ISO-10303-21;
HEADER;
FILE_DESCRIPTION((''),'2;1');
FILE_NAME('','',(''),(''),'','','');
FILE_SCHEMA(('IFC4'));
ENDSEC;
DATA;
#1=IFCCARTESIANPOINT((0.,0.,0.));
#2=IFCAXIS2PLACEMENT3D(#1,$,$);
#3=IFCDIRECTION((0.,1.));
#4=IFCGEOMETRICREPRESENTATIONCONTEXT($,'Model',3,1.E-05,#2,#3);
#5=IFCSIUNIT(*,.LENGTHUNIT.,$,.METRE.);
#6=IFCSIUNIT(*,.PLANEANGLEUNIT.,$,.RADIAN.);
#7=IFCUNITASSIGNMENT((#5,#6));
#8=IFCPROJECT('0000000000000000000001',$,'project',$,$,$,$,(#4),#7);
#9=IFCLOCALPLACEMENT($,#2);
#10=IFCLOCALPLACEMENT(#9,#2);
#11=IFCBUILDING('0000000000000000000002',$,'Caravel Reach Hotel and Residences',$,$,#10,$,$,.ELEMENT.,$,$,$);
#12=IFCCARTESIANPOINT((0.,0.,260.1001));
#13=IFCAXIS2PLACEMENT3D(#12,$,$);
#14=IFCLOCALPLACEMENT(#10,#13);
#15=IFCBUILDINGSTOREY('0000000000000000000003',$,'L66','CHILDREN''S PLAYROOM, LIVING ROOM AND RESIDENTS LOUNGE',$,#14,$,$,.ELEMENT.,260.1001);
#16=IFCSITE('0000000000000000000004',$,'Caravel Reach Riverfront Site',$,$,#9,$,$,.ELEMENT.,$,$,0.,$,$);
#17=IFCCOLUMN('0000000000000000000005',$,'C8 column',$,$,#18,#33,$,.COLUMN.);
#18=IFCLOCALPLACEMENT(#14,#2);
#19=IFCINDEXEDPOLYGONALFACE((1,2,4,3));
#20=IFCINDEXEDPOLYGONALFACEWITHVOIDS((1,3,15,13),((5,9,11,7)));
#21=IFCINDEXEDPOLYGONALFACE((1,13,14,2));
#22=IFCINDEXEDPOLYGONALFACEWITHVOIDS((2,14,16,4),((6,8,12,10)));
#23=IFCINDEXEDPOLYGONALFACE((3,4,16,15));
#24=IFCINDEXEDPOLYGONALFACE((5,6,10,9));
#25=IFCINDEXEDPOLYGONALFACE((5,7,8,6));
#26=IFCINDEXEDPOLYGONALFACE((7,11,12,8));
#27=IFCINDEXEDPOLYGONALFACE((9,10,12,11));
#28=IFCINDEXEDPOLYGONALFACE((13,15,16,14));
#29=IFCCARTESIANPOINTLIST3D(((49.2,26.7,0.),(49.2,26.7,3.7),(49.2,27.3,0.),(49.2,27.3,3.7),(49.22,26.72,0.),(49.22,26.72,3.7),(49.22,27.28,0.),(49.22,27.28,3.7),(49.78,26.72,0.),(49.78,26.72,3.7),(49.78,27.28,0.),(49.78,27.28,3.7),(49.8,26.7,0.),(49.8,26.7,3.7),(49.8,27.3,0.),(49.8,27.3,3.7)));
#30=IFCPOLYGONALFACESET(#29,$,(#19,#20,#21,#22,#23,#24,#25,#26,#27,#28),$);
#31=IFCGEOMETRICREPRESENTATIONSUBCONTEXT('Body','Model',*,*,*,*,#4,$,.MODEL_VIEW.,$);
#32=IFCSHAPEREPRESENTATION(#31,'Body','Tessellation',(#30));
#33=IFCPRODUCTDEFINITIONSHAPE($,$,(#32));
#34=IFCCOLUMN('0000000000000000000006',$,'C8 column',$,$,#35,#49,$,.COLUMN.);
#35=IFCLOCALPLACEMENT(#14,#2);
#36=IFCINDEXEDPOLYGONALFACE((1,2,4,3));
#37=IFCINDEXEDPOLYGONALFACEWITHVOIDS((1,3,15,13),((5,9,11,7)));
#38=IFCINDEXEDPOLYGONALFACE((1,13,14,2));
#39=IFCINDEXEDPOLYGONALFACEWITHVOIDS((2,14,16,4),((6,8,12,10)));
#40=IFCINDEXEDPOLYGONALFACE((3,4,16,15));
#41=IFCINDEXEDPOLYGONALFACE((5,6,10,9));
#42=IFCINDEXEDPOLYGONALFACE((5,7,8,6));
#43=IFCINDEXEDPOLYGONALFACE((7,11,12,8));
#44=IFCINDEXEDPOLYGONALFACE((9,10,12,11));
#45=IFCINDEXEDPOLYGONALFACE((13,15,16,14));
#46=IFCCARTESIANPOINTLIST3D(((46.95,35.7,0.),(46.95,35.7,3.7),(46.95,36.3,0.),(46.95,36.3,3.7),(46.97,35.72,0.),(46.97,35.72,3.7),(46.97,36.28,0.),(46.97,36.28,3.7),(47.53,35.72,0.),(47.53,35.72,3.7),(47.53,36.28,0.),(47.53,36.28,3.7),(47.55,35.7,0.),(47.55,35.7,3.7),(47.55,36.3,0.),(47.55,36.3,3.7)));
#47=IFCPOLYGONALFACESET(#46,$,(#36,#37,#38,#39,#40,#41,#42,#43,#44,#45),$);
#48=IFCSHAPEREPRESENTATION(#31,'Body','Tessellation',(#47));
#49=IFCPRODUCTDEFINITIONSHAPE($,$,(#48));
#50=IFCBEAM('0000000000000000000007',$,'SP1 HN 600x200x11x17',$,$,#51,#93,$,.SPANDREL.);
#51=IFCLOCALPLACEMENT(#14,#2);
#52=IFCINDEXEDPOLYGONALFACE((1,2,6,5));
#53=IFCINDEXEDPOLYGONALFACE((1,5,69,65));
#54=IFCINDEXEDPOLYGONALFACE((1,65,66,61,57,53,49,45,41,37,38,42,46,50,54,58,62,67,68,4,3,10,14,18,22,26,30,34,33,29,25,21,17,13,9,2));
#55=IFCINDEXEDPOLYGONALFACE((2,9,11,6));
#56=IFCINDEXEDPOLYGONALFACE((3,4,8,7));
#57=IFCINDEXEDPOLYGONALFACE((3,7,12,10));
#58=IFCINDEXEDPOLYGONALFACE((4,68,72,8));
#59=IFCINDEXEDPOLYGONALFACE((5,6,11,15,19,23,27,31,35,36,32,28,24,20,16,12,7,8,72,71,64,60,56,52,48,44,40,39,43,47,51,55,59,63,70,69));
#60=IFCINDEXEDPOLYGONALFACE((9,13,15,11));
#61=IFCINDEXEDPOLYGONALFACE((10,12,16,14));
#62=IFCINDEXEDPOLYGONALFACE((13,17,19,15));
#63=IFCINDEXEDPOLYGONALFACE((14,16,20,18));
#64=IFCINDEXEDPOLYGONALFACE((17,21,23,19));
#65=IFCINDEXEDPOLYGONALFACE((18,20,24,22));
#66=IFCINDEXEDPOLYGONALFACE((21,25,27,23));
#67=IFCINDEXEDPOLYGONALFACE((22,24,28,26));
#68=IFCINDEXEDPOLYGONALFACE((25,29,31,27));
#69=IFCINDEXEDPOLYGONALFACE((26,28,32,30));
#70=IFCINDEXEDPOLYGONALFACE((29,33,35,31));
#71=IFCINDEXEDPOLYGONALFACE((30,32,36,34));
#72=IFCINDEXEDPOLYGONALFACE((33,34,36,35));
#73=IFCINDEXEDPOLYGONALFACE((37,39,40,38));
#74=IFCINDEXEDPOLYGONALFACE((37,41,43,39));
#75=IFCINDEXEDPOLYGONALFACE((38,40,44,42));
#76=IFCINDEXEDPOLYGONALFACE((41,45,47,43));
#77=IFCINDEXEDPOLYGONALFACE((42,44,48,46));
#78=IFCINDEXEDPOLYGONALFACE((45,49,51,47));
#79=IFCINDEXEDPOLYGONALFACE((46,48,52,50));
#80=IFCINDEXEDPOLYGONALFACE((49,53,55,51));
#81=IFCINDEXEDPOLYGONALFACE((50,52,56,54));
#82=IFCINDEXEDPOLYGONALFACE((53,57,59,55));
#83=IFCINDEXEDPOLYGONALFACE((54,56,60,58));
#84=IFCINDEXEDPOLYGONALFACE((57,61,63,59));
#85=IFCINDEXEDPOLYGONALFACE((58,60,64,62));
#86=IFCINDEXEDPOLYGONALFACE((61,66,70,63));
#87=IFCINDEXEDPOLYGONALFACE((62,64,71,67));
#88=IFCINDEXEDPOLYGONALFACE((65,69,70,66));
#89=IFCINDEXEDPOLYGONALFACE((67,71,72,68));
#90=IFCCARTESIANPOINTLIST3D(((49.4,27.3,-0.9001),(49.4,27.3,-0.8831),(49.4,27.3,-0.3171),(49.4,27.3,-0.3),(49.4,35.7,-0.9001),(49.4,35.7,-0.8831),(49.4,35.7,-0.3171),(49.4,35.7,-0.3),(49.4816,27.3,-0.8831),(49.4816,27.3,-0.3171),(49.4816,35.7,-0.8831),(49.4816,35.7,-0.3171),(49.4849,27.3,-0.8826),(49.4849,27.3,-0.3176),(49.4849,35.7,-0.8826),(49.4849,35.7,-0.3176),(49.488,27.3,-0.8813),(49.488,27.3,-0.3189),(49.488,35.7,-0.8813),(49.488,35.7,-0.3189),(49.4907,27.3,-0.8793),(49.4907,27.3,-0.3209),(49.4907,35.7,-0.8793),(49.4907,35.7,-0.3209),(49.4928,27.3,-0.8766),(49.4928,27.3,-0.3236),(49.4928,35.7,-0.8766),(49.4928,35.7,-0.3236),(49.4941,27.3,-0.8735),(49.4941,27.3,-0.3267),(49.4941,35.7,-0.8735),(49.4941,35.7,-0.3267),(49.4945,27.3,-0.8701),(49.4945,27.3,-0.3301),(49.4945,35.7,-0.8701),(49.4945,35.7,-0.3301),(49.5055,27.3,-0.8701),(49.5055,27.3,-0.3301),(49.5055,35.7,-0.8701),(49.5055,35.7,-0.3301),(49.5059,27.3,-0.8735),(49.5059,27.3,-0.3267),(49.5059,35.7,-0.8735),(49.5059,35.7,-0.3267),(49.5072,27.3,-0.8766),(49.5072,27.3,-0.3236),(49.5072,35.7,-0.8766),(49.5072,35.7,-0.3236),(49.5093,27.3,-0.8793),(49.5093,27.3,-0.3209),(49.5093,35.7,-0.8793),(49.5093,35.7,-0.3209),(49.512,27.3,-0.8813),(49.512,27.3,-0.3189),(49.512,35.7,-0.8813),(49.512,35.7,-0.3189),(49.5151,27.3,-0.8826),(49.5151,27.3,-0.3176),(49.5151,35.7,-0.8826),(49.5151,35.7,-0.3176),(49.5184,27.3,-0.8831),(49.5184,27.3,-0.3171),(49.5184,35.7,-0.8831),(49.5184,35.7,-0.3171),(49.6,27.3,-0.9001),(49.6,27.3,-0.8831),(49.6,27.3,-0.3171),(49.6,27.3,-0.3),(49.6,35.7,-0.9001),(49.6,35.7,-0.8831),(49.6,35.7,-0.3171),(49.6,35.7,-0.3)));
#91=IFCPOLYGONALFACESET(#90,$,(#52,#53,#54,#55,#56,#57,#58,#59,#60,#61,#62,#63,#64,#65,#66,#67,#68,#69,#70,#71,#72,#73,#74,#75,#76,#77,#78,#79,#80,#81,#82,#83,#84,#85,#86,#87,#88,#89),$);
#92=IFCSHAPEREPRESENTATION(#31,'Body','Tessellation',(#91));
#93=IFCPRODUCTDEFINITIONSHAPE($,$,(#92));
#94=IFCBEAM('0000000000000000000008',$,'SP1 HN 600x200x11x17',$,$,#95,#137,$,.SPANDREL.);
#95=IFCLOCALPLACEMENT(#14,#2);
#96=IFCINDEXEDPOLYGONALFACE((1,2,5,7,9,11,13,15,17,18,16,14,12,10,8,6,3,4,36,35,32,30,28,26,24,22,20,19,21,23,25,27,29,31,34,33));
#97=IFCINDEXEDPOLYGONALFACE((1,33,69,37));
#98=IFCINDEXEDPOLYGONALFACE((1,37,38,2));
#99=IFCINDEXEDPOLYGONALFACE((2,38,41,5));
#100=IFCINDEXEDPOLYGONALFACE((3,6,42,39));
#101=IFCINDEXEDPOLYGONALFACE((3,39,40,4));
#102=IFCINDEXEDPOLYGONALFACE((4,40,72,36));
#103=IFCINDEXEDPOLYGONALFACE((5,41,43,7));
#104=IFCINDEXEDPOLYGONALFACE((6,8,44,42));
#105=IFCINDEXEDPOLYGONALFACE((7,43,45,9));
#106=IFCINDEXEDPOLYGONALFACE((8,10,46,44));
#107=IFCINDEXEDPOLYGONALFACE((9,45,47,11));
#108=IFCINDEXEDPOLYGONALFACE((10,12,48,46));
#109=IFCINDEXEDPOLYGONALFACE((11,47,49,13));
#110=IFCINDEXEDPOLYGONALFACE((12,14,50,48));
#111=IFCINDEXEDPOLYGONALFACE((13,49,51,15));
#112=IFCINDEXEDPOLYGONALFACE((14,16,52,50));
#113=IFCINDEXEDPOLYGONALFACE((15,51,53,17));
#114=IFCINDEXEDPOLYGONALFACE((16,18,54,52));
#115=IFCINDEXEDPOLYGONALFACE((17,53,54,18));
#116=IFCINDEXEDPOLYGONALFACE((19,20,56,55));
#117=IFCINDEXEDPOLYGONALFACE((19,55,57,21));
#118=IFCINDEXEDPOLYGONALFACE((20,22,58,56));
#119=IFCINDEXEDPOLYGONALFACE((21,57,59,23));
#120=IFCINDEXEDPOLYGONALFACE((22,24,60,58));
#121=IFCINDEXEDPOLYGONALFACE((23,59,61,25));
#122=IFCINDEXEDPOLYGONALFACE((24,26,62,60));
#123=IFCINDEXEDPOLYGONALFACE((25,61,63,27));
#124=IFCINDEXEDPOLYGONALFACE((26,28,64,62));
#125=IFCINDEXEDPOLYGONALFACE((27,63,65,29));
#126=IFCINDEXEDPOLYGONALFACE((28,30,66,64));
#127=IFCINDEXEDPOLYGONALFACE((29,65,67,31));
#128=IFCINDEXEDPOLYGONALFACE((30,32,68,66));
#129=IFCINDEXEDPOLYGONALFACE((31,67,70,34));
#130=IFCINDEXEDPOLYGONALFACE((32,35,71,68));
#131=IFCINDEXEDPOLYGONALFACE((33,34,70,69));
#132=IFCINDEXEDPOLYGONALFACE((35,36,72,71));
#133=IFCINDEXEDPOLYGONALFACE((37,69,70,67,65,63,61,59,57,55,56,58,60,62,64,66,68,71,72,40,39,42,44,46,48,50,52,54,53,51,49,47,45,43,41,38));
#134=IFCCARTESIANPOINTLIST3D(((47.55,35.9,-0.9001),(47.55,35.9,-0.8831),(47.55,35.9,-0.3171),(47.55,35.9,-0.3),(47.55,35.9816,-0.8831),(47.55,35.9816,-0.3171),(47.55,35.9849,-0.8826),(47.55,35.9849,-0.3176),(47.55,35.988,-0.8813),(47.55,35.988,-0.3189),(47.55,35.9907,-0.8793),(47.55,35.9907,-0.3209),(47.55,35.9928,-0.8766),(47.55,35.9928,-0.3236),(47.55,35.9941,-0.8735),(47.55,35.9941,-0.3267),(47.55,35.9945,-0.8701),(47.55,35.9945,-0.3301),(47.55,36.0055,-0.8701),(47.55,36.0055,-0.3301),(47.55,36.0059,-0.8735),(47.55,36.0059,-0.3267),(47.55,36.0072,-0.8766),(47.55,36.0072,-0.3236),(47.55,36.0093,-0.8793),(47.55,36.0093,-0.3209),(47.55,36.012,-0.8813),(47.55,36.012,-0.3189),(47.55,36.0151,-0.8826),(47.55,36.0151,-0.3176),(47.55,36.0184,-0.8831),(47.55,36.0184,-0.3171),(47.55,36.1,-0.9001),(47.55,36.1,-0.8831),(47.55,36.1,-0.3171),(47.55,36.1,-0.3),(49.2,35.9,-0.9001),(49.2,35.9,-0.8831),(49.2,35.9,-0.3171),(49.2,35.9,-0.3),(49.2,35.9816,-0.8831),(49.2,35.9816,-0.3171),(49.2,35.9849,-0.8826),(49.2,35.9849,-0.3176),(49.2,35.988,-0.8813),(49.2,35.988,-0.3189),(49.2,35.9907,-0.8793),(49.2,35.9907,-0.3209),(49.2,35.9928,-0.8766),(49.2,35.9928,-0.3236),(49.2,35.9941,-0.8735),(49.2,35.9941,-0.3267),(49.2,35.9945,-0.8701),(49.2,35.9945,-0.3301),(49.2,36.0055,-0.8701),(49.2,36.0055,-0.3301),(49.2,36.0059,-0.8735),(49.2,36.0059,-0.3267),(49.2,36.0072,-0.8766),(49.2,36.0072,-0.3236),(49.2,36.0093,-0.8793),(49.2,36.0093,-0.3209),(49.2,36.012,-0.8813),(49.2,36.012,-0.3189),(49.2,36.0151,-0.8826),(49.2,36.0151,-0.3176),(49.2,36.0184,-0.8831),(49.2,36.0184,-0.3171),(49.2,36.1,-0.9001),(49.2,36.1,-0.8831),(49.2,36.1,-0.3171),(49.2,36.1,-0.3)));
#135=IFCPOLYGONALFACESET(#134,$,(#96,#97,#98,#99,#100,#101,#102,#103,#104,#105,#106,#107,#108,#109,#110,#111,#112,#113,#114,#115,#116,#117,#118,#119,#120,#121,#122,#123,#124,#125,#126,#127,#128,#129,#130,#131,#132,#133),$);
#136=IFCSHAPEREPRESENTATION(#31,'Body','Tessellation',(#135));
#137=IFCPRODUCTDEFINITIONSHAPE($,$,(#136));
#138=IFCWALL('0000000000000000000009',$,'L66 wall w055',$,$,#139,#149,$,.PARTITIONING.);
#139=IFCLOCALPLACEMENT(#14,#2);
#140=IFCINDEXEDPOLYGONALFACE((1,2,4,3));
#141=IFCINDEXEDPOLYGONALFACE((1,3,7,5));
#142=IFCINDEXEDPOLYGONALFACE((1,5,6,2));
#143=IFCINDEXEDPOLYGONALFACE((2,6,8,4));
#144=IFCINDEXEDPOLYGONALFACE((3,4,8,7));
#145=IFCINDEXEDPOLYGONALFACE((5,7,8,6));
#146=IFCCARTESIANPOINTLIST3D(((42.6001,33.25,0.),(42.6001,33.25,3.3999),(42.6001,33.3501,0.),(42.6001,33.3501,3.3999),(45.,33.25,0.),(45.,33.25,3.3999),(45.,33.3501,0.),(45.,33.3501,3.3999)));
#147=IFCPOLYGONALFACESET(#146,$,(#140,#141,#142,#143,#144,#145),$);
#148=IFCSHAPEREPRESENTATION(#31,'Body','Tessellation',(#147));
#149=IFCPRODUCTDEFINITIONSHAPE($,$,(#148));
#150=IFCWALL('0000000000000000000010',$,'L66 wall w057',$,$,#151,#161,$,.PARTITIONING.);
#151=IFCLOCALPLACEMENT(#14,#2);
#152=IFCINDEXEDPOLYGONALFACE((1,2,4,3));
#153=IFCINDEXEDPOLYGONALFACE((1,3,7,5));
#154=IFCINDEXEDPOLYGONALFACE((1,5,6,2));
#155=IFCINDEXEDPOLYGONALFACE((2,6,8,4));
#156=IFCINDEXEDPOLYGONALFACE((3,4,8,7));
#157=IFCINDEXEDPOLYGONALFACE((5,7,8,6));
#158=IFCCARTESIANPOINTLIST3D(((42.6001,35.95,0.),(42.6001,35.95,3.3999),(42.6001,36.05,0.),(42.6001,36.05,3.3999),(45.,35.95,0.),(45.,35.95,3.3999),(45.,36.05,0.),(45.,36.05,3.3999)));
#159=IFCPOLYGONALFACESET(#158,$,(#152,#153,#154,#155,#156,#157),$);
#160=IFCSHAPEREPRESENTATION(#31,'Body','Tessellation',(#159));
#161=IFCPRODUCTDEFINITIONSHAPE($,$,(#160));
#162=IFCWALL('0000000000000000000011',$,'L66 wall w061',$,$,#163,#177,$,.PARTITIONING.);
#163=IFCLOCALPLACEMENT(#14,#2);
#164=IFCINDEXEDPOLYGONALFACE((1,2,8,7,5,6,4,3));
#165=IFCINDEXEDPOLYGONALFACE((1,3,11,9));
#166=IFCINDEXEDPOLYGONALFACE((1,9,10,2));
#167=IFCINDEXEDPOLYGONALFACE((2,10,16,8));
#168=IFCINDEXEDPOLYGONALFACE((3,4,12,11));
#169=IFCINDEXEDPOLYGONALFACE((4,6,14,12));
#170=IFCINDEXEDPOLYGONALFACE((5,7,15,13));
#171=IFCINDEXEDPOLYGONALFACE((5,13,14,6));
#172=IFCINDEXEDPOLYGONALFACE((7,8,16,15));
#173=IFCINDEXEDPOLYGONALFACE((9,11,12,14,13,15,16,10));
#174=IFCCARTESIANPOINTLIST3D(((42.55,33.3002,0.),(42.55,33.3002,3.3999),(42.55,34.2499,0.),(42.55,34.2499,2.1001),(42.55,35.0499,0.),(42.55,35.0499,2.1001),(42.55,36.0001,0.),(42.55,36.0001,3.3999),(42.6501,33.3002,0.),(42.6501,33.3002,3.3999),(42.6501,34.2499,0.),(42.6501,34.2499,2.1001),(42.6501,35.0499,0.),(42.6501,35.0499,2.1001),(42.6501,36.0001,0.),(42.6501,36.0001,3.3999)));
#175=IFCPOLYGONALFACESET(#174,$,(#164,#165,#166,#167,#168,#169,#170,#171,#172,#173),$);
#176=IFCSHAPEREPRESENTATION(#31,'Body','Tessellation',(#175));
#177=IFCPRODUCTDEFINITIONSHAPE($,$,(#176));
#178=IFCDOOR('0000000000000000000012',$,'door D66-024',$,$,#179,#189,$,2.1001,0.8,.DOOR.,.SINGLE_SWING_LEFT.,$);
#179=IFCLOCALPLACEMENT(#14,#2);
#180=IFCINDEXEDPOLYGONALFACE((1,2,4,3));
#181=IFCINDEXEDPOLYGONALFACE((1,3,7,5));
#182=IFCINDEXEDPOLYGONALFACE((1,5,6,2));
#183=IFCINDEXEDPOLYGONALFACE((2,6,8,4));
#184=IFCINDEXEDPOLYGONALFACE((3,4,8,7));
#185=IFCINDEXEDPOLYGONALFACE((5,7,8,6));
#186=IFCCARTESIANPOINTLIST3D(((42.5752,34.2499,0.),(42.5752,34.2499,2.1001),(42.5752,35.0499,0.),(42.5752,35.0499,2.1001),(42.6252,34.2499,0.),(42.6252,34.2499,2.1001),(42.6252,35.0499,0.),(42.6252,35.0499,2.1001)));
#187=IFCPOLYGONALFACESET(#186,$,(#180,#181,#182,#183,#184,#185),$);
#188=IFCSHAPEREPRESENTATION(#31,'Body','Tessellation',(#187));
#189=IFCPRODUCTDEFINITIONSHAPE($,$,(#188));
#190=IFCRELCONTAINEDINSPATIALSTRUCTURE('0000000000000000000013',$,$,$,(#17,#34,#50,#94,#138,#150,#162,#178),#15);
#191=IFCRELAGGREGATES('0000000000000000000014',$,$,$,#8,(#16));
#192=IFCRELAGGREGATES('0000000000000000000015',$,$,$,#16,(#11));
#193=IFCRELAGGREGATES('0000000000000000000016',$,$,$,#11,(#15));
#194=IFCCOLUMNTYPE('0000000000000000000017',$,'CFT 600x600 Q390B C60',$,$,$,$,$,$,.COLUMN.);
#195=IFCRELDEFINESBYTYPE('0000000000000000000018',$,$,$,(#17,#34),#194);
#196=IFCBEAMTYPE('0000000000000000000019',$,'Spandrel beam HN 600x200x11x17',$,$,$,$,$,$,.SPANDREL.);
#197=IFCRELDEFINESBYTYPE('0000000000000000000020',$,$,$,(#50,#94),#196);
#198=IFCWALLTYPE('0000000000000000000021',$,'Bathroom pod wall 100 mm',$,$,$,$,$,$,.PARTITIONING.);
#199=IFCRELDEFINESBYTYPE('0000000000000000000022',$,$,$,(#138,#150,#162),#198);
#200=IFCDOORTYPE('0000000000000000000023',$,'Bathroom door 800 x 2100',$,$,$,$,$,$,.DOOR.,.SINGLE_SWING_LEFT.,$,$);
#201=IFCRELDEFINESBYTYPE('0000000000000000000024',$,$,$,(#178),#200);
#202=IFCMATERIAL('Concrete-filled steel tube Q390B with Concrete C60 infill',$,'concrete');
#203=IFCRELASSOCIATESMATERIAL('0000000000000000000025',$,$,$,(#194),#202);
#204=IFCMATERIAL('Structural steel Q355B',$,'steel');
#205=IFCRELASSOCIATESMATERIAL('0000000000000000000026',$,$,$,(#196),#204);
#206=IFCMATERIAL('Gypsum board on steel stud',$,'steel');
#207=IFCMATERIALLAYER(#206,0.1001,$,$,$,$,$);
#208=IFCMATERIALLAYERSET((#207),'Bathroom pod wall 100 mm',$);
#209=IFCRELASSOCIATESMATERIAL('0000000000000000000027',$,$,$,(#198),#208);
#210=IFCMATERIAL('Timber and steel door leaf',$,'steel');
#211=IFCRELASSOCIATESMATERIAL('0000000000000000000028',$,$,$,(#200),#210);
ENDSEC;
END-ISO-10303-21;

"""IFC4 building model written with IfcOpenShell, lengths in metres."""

from ifc_helpers import new_model, si_unit, direction, frame, frame_2d, origin, origin_2d, place, context, subcontext, project, spatial, rectangle, hollow_rectangle, i_section, extrude, material, layer, layer_set, material_profile, profile_set, type_object, element, fill, save


model = new_model("IFC4")

# Units and contexts
model_context = context("Model", 3, precision=1e-05, world=origin(), true_north=direction((0.0, 1.0)))
body_context = subcontext(model_context, "Body", "Model", "MODEL_VIEW")
ifc_project = project(units=[si_unit("LENGTHUNIT", "METRE"), si_unit("PLANEANGLEUNIT", "RADIAN")], contexts=[model_context])

# Site, building, storey
site_placement = place(None, origin())
site = spatial("IfcSite", under=ifc_project, at=site_placement, Name="Caravel Reach Riverfront Site", CompositionType="ELEMENT", RefElevation=0.0)
building_placement = place(site_placement, origin())
building = spatial("IfcBuilding", under=site, at=building_placement, Name="Caravel Reach Hotel and Residences", CompositionType="ELEMENT")
storey_placement = place(building_placement, frame((0.0, 0.0, 260.1001)))
storey = spatial("IfcBuildingStorey", under=building, at=storey_placement, Name="L66", Description="CHILDREN'S PLAYROOM, LIVING ROOM AND RESIDENTS LOUNGE", CompositionType="ELEMENT", Elevation=260.1001)

# Columns
ifc_material_1 = material(Name="Concrete-filled steel tube Q390B with Concrete C60 infill", Category="concrete")
ifc_material_profile_1 = material_profile(ifc_material_1, hollow_rectangle(XDim=0.6001, YDim=0.6001, WallThickness=0.02, at=origin_2d()), Name="RHS 600x600x20")
ifc_profile_set_1 = profile_set([ifc_material_profile_1], Name="Concrete-filled steel tube Q390B with Concrete C60 infill")
column_type = type_object("IfcColumnType", Name="CFT 600x600 Q390B C60", PredefinedType="COLUMN", material=ifc_profile_set_1)
for number, where, z_axis, x_axis, name in (
    (1, (49.5, 27.0, 0.0), (0.0, 0.0, 1.0), (1.0, 0.0, 0.0), "C8 column"),
    (2, (47.25, 36.0, 0.0), (0.0, 0.0, 1.0), (1.0, 0.0, 0.0), "C8 column"),
):
    element("IfcColumn", number, at=place(storey_placement, frame(where, z_axis=z_axis, x_axis=x_axis)), inside=storey, type_object=column_type, Name=name, PredefinedType="COLUMN", context=body_context, shape_type="SweptSolid", body=[
        extrude(hollow_rectangle(XDim=0.6001, YDim=0.6001, WallThickness=0.02, at=origin_2d()), origin(), (0.0, 0.0, 1.0), 3.7),
    ])

# Beams
ifc_material_2 = material(Name="Structural steel Q355B", Category="steel")
ifc_material_profile_2 = material_profile(ifc_material_2, i_section(OverallWidth=0.2, OverallDepth=0.6001, WebThickness=0.011, FlangeThickness=0.0171, FilletRadius=0.0129, at=origin_2d()), Name="HN 600x200x11x17")
ifc_profile_set_2 = profile_set([ifc_material_profile_2], Name="Structural steel Q355B")
beam_type = type_object("IfcBeamType", Name="Spandrel beam HN 600x200x11x17", PredefinedType="SPANDREL", material=ifc_profile_set_2)
beam_1_placement = place(storey_placement, frame((49.5, 27.3, -0.6001), z_axis=(0.0, 1.0, 0.0), x_axis=(-1.0, 0.0, 0.0)))
element("IfcBeam", 3, at=beam_1_placement, inside=storey, type_object=beam_type, Name="SP1 HN 600x200x11x17", PredefinedType="SPANDREL", context=body_context, shape_type="SweptSolid", body=[
    extrude(i_section(OverallWidth=0.2, OverallDepth=0.6001, WebThickness=0.011, FlangeThickness=0.0171, FilletRadius=0.0129, at=origin_2d()), origin(), (0.0, 0.0, 1.0), 8.3999),
])
beam_2_placement = place(storey_placement, frame((49.2, 36.0, -0.6001), z_axis=(-1.0, 0.0, 0.0), x_axis=(0.0, -1.0, 0.0)))
element("IfcBeam", 4, at=beam_2_placement, inside=storey, type_object=beam_type, Name="SP1 HN 600x200x11x17", PredefinedType="SPANDREL", context=body_context, shape_type="SweptSolid", body=[
    extrude(i_section(OverallWidth=0.2, OverallDepth=0.6001, WebThickness=0.011, FlangeThickness=0.0171, FilletRadius=0.0129, at=origin_2d()), origin(), (0.0, 0.0, 1.0), 1.6499),
])

# Walls
ifc_material_3 = material(Name="Gypsum board on steel stud", Category="steel")
ifc_layer_1 = layer(ifc_material_3, 0.1001)
ifc_layer_set_1 = layer_set([ifc_layer_1], Name="Bathroom pod wall 100 mm")
wall_type_1 = type_object("IfcWallType", Name="Bathroom pod wall 100 mm", PredefinedType="PARTITIONING", material=ifc_layer_set_1)
for number, where, z_axis, x_axis, name in (
    (5, (42.6001, 33.3, 0.0), (0.0, 0.0, 1.0), (1.0, 0.0, 0.0), "L66 wall w055"),
    (6, (42.6001, 36.0, 0.0), (0.0, 0.0, 1.0), (1.0, 0.0, 0.0), "L66 wall w057"),
):
    element("IfcWall", number, at=place(storey_placement, frame(where, z_axis=z_axis, x_axis=x_axis)), inside=storey, type_object=wall_type_1, Name=name, PredefinedType="PARTITIONING", context=body_context, shape_type="SweptSolid", body=[
        extrude(rectangle(XDim=2.3999, YDim=0.1001, at=frame_2d((1.2, 0.0))), origin(), (0.0, 0.0, 1.0), 3.3999),
    ])

# Wall, opening, door
wall_1_placement = place(storey_placement, frame((42.6001, 33.3, 0.0), z_axis=(0.0, 0.0, 1.0), x_axis=(0.0, 1.0, 0.0)))
wall_1 = element("IfcWall", 7, at=wall_1_placement, inside=storey, type_object=wall_type_1, Name="L66 wall w061", PredefinedType="PARTITIONING", context=body_context, shape_type="SweptSolid", body=[
    extrude(rectangle(XDim=2.7, YDim=0.1001, at=frame_2d((1.3501, 0.0))), origin(), (0.0, 0.0, 1.0), 3.3999),
])
opening_1_placement = place(wall_1_placement, frame((0.95, 0.0, 0.0)))
opening_1 = element("IfcOpeningElement", 8, at=opening_1_placement, cuts=wall_1, PredefinedType="OPENING", context=body_context, shape_type="SweptSolid", body=[
    extrude(rectangle(XDim=0.8, YDim=2.1001, at=frame_2d((0.3999, 1.05))), frame((0.0, 0.0601, 0.0), z_axis=(0.0, -1.0, 0.0), x_axis=(1.0, 0.0, 0.0)), (0.0, 0.0, 1.0), 0.1201),
])
ifc_material_4 = material(Name="Timber and steel door leaf", Category="steel")
door_type = type_object("IfcDoorType", Name="Bathroom door 800 x 2100", OperationType="SINGLE_SWING_LEFT", PredefinedType="DOOR", material=ifc_material_4)
door_placement = place(opening_1_placement, origin())
door = element("IfcDoor", 9, at=door_placement, inside=storey, type_object=door_type, Name="door D66-024", OperationType="SINGLE_SWING_LEFT", OverallHeight=2.1001, OverallWidth=0.8, PredefinedType="DOOR", context=body_context, shape_type="SweptSolid", body=[
    extrude(rectangle(XDim=0.8, YDim=2.1001, at=frame_2d((0.3999, 1.05))), frame((0.0, 0.0249, 0.0), z_axis=(0.0, -1.0, 0.0), x_axis=(1.0, 0.0, 0.0)), (0.0, 0.0, 1.0), 0.05),
])
fill(opening_1, door)

save(model, "model.ifc")
